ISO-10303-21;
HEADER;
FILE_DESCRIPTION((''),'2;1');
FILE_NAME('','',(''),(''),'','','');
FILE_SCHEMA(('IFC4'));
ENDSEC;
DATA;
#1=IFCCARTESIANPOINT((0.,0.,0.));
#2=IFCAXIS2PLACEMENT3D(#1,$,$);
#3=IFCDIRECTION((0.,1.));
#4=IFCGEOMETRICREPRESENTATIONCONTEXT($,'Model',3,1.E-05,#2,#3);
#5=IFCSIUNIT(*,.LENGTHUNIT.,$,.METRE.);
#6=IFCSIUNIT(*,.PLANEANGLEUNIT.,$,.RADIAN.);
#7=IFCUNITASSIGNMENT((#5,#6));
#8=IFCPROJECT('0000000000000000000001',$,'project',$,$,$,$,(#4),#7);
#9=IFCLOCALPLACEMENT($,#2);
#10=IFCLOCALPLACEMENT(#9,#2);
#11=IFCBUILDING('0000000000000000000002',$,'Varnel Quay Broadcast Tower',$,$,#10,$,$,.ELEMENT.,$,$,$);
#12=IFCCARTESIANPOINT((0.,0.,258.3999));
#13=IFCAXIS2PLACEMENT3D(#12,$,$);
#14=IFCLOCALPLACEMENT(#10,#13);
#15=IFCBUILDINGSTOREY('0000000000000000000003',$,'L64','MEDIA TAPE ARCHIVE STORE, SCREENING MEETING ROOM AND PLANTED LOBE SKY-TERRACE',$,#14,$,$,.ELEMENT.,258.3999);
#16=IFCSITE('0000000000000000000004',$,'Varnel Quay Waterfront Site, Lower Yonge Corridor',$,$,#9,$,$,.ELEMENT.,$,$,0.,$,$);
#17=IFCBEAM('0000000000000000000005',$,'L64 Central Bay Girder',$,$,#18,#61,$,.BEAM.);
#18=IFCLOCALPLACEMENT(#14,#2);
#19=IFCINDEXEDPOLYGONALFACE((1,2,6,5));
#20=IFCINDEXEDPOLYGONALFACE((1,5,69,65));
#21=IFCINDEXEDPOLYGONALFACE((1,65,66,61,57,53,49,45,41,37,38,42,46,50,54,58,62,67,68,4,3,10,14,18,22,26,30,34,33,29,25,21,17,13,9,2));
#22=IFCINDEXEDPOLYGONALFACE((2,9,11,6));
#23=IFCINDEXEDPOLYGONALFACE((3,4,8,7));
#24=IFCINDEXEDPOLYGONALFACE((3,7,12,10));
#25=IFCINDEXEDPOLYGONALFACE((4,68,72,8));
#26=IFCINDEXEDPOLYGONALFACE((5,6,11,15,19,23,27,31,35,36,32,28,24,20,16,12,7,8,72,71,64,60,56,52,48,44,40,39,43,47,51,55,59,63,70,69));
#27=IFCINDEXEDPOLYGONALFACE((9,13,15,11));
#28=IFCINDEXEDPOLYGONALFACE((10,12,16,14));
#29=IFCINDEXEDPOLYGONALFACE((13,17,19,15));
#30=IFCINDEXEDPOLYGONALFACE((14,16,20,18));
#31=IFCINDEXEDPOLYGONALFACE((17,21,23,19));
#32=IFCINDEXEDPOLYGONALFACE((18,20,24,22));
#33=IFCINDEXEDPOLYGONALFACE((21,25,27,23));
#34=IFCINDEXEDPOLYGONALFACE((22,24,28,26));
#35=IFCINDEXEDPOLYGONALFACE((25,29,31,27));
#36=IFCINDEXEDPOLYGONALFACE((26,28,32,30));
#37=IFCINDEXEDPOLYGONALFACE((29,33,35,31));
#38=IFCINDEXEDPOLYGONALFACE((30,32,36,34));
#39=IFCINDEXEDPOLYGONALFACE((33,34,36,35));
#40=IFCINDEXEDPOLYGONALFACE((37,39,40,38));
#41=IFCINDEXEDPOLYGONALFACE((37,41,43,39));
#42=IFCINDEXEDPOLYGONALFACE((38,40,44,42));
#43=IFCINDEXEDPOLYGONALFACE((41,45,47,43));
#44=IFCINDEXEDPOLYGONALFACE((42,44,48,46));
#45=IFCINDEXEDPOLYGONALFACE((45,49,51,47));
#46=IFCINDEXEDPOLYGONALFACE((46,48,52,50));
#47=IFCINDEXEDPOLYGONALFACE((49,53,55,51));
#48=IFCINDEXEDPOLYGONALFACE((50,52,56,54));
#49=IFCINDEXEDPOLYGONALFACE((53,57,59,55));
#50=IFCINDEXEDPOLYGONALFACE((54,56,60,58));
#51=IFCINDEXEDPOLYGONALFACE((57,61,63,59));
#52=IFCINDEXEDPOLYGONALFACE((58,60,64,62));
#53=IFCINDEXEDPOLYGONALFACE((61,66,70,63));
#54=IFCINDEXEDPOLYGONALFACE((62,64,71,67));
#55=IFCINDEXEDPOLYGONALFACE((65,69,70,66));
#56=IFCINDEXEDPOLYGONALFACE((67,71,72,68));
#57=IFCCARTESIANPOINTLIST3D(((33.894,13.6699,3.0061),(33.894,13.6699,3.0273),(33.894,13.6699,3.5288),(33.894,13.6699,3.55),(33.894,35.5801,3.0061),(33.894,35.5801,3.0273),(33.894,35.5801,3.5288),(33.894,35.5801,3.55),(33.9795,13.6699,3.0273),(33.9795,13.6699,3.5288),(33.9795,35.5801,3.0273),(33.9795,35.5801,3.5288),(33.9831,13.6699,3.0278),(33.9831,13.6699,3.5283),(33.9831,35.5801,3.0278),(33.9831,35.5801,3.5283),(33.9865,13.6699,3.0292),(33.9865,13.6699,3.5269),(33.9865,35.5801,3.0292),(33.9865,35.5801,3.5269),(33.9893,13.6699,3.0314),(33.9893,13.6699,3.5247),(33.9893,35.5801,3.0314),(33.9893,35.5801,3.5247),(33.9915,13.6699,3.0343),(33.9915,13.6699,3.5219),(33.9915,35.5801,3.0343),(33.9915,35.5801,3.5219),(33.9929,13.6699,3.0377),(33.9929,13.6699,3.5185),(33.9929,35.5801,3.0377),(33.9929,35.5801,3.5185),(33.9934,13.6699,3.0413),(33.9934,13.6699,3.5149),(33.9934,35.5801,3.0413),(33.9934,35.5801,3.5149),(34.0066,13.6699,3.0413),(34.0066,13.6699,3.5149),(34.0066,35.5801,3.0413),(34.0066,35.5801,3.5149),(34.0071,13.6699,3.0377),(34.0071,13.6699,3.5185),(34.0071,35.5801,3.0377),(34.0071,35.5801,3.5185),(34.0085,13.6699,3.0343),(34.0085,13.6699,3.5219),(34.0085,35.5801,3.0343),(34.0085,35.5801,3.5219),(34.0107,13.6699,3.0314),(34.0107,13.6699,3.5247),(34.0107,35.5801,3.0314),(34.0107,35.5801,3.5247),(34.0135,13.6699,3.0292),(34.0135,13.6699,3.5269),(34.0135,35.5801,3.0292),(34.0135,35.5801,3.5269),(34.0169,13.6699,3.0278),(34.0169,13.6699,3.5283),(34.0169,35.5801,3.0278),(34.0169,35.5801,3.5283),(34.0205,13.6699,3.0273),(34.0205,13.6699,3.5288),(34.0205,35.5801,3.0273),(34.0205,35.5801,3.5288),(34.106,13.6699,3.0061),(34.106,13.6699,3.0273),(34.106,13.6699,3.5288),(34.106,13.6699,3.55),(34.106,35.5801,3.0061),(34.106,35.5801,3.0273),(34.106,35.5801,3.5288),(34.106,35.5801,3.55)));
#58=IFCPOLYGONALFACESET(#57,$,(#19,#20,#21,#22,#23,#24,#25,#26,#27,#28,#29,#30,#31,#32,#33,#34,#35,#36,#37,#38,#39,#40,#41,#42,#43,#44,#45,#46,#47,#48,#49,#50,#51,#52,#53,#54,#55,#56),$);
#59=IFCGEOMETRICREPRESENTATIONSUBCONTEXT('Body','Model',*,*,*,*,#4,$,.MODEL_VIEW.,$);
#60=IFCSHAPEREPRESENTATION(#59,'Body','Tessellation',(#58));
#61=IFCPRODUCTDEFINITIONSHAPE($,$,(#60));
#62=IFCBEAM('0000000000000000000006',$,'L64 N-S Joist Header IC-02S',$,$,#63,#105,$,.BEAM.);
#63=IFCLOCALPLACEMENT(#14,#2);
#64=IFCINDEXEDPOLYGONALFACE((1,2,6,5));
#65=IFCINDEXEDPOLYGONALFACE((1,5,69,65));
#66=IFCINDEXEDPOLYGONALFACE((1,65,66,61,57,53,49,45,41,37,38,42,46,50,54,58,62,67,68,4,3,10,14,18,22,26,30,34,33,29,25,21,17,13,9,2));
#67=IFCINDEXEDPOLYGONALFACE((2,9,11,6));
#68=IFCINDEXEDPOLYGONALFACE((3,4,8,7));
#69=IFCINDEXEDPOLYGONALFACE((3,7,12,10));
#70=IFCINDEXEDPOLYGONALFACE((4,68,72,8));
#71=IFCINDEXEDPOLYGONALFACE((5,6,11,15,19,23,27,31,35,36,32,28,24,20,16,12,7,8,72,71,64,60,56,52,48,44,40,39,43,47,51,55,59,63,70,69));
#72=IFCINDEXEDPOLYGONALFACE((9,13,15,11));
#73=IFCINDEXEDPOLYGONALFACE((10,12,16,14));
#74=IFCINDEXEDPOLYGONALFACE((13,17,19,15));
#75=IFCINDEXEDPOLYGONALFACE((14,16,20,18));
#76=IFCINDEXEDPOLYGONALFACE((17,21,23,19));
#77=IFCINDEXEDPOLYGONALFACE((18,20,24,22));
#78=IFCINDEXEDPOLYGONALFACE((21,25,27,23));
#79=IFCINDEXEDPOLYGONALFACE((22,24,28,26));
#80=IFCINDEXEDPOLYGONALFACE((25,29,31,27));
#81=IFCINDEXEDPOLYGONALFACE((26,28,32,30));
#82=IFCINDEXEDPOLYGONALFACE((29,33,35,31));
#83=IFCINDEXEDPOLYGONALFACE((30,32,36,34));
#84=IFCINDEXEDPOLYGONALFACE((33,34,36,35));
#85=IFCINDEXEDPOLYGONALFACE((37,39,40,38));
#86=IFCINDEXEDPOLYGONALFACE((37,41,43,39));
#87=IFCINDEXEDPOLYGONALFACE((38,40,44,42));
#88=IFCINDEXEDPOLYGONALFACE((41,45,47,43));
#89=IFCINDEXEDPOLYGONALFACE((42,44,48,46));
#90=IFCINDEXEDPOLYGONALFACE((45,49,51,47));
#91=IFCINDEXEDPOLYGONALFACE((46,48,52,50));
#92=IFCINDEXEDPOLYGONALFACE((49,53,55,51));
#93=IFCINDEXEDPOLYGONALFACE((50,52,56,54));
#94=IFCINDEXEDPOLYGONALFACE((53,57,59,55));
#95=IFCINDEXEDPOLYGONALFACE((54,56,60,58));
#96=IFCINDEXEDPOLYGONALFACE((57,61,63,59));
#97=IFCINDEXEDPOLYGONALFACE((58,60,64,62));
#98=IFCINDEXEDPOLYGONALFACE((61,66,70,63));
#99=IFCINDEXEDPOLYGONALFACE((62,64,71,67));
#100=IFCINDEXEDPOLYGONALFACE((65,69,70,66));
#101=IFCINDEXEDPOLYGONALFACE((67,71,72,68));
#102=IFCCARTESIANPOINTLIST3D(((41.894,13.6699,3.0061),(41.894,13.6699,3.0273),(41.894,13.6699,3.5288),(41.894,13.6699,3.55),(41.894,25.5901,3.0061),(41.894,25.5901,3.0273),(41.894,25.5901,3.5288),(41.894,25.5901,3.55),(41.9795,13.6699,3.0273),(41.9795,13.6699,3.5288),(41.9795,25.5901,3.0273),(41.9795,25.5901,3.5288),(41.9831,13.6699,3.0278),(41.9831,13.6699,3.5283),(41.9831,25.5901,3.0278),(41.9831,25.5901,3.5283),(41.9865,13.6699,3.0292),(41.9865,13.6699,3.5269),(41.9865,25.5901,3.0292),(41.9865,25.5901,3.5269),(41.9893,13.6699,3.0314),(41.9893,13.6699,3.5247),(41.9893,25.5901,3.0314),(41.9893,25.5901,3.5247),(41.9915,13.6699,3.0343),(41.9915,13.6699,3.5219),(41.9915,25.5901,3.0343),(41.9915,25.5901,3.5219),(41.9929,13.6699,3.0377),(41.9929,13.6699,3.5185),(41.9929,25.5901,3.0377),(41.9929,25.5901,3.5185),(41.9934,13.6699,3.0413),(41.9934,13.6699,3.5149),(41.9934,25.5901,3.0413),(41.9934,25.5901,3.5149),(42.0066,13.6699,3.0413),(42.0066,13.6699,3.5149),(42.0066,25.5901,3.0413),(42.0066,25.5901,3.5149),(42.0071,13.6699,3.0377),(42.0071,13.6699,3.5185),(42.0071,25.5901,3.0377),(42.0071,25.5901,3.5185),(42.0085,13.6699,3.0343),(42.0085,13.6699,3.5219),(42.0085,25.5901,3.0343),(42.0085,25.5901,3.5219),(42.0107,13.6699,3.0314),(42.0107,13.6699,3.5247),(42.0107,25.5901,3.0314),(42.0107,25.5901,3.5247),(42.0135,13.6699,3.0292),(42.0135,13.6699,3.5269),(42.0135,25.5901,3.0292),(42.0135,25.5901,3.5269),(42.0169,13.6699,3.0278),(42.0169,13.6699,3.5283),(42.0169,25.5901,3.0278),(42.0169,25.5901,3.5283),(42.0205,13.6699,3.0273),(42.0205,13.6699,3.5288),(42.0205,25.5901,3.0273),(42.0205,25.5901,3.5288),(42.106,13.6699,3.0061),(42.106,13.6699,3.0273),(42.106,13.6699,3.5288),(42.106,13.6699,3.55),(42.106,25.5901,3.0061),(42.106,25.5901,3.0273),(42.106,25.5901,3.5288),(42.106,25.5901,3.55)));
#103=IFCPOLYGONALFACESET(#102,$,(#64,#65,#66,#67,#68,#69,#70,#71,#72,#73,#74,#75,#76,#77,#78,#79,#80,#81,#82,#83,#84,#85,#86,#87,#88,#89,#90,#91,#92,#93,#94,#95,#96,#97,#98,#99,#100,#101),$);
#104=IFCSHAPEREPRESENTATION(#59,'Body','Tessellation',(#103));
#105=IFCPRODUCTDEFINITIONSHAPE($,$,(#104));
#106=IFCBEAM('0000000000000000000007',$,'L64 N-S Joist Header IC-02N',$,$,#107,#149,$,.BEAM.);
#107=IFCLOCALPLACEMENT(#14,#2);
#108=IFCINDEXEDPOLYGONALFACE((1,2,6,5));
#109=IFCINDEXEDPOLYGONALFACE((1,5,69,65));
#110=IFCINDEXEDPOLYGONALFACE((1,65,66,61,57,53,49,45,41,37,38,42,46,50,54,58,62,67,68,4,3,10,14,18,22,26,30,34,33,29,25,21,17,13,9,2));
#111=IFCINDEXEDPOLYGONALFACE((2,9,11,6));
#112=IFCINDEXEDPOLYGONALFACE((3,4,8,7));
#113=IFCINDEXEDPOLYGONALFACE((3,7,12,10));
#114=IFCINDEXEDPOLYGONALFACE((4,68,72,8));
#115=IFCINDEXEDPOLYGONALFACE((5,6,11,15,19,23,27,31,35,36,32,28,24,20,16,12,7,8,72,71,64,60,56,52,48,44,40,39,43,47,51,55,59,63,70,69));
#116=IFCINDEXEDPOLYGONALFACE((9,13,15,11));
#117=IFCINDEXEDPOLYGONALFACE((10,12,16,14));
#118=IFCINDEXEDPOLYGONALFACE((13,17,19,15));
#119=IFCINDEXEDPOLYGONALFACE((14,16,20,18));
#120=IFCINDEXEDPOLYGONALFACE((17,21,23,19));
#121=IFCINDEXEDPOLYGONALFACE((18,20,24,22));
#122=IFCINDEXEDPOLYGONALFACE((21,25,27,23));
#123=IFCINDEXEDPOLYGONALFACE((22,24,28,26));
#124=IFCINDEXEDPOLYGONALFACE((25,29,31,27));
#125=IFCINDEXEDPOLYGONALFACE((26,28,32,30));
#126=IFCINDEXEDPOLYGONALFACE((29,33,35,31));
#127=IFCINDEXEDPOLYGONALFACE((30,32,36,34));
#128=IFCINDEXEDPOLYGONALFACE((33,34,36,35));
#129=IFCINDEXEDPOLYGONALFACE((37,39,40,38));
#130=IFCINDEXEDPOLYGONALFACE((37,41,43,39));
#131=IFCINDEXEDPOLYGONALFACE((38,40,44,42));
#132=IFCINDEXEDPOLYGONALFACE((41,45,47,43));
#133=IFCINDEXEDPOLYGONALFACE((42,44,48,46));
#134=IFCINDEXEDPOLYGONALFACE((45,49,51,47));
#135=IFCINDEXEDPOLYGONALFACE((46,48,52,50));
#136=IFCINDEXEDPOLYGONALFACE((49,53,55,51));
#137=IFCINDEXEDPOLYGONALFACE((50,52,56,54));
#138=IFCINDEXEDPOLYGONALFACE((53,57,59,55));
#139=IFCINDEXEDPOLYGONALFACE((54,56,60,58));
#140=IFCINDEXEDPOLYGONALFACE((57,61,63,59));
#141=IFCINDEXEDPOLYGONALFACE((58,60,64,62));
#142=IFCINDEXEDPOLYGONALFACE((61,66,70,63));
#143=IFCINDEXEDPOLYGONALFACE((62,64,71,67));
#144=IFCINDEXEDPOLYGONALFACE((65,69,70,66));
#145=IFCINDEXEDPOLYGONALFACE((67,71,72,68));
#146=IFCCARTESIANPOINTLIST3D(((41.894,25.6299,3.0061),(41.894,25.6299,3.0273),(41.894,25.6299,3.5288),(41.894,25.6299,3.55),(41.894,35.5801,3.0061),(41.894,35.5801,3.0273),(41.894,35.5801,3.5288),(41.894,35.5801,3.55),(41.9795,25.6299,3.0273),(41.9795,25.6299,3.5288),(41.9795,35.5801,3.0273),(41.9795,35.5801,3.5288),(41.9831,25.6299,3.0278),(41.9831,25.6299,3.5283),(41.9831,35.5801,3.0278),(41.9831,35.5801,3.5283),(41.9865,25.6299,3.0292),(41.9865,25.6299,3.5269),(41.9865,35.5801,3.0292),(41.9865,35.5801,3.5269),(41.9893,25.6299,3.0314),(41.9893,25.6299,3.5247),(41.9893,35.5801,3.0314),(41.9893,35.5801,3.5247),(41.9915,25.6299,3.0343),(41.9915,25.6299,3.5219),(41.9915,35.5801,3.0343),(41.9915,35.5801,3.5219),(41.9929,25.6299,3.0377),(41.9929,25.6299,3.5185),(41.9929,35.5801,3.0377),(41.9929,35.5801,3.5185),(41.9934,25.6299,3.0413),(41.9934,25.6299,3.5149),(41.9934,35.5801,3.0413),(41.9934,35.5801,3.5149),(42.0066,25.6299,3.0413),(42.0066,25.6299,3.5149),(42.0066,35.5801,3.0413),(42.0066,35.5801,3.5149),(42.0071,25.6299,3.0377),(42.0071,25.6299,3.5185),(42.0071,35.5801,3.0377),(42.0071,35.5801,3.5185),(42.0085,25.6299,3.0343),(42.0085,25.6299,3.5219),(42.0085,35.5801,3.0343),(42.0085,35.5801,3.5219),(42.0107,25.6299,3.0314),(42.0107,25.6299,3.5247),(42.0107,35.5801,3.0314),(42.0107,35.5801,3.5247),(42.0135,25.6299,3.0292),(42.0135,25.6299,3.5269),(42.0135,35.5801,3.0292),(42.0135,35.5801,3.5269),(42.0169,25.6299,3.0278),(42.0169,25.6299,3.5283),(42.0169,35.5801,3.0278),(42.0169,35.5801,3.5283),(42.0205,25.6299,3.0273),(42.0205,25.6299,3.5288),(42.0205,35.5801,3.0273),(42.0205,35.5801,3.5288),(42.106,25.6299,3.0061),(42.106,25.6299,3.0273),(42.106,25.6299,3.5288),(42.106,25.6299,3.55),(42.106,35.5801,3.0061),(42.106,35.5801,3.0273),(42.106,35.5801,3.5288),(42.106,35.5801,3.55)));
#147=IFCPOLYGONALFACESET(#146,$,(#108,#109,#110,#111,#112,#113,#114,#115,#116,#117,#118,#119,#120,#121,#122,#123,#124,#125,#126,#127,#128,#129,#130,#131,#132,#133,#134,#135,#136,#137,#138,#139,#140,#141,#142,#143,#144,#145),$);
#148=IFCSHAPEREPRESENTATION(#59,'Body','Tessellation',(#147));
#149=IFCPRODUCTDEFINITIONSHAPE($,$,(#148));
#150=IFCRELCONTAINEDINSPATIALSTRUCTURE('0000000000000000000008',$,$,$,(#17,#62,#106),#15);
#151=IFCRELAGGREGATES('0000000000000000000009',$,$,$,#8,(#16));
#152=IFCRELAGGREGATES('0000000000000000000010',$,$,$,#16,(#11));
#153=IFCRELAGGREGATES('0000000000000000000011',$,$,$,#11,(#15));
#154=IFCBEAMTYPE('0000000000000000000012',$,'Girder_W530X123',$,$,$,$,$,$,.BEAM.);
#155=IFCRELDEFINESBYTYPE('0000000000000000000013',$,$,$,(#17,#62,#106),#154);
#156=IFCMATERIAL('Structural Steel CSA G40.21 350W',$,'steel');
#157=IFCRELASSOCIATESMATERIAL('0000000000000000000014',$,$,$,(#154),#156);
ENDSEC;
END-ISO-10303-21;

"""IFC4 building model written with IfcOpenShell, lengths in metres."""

from ifc_helpers import new_model, si_unit, direction, frame, origin, origin_2d, place, context, subcontext, project, spatial, i_section, extrude, source, transform, mapped, material, material_profile, profile_set, type_object, element, save


model = new_model("IFC4")

# Units and contexts
model_context = context("Model", 3, precision=1e-05, world=origin(), true_north=direction((0.0, 1.0)))
body_context = subcontext(model_context, "Body", "Model", "MODEL_VIEW")
ifc_project = project(units=[si_unit("LENGTHUNIT", "METRE"), si_unit("PLANEANGLEUNIT", "RADIAN")], contexts=[model_context])

# Site, building, storey
site_placement = place(None, origin())
site = spatial("IfcSite", under=ifc_project, at=site_placement, Name="Varnel Quay Waterfront Site, Lower Yonge Corridor", CompositionType="ELEMENT", RefElevation=0.0)
building_placement = place(site_placement, origin())
building = spatial("IfcBuilding", under=site, at=building_placement, Name="Varnel Quay Broadcast Tower", CompositionType="ELEMENT")
storey_placement = place(building_placement, frame((0.0, 0.0, 258.3999)))
storey = spatial("IfcBuildingStorey", under=building, at=storey_placement, Name="L64", Description="MEDIA TAPE ARCHIVE STORE, SCREENING MEETING ROOM AND PLANTED LOBE SKY-TERRACE", CompositionType="ELEMENT", Elevation=258.3999)

# Shared definitions
ifc_material_1 = material(Name="Structural Steel CSA G40.21 350W", Category="steel")

# Beams
ifc_material_profile_1 = material_profile(ifc_material_1, i_section(OverallWidth=0.2119, OverallDepth=0.5439, WebThickness=0.0132, FlangeThickness=0.0212, FilletRadius=0.0139, at=origin_2d()), Name="W530X123")
ifc_profile_set_1 = profile_set([ifc_material_profile_1], Name="Structural Steel CSA G40.21 350W")
beam_type_1 = type_object("IfcBeamType", Name="Girder_W530X123", PredefinedType="BEAM", material=ifc_profile_set_1)
shared_shape_1 = source(origin(), body_context, "Body", "SweptSolid", [
    extrude(i_section(OverallWidth=0.2119, OverallDepth=0.5439, WebThickness=0.0132, FlangeThickness=0.0212, FilletRadius=0.0139, at=origin_2d()), origin(), (0.0, 0.0, 1.0), 21.9102),
])
beam_1_placement = place(storey_placement, frame((34.0, 13.6699, 3.2781), z_axis=(0.0, 1.0, 0.0), x_axis=(-1.0, 0.0, 0.0)))
element("IfcBeam", 1, at=beam_1_placement, inside=storey, type_object=beam_type_1, Name="L64 Central Bay Girder", PredefinedType="BEAM", context=body_context, shape_type="MappedRepresentation", body=[
    mapped(shared_shape_1, transform((0.0, 0.0, 0.0), x_axis=(1.0, 0.0, 0.0), y_axis=(0.0, 1.0, 0.0), z_axis=(0.0, 0.0, 1.0), scale=1.0)),
])
shared_shape_2 = source(origin(), body_context, "Body", "SweptSolid", [
    extrude(i_section(OverallWidth=0.2119, OverallDepth=0.5439, WebThickness=0.0132, FlangeThickness=0.0212, FilletRadius=0.0139, at=origin_2d()), origin(), (0.0, 0.0, 1.0), 11.9202),
])
beam_2_placement = place(storey_placement, frame((42.0, 13.6699, 3.2781), z_axis=(0.0, 1.0, 0.0), x_axis=(-1.0, 0.0, 0.0)))
element("IfcBeam", 2, at=beam_2_placement, inside=storey, type_object=beam_type_1, Name="L64 N-S Joist Header IC-02S", PredefinedType="BEAM", context=body_context, shape_type="MappedRepresentation", body=[
    mapped(shared_shape_2, transform((0.0, 0.0, 0.0), x_axis=(1.0, 0.0, 0.0), y_axis=(0.0, 1.0, 0.0), z_axis=(0.0, 0.0, 1.0), scale=1.0)),
])
shared_shape_3 = source(origin(), body_context, "Body", "SweptSolid", [
    extrude(i_section(OverallWidth=0.2119, OverallDepth=0.5439, WebThickness=0.0132, FlangeThickness=0.0212, FilletRadius=0.0139, at=origin_2d()), origin(), (0.0, 0.0, 1.0), 9.9502),
])
beam_3_placement = place(storey_placement, frame((42.0, 25.6299, 3.2781), z_axis=(0.0, 1.0, 0.0), x_axis=(-1.0, 0.0, 0.0)))
element("IfcBeam", 3, at=beam_3_placement, inside=storey, type_object=beam_type_1, Name="L64 N-S Joist Header IC-02N", PredefinedType="BEAM", context=body_context, shape_type="MappedRepresentation", body=[
    mapped(shared_shape_3, transform((0.0, 0.0, 0.0), x_axis=(1.0, 0.0, 0.0), y_axis=(0.0, 1.0, 0.0), z_axis=(0.0, 0.0, 1.0), scale=1.0)),
])

save(model, "model.ifc")
